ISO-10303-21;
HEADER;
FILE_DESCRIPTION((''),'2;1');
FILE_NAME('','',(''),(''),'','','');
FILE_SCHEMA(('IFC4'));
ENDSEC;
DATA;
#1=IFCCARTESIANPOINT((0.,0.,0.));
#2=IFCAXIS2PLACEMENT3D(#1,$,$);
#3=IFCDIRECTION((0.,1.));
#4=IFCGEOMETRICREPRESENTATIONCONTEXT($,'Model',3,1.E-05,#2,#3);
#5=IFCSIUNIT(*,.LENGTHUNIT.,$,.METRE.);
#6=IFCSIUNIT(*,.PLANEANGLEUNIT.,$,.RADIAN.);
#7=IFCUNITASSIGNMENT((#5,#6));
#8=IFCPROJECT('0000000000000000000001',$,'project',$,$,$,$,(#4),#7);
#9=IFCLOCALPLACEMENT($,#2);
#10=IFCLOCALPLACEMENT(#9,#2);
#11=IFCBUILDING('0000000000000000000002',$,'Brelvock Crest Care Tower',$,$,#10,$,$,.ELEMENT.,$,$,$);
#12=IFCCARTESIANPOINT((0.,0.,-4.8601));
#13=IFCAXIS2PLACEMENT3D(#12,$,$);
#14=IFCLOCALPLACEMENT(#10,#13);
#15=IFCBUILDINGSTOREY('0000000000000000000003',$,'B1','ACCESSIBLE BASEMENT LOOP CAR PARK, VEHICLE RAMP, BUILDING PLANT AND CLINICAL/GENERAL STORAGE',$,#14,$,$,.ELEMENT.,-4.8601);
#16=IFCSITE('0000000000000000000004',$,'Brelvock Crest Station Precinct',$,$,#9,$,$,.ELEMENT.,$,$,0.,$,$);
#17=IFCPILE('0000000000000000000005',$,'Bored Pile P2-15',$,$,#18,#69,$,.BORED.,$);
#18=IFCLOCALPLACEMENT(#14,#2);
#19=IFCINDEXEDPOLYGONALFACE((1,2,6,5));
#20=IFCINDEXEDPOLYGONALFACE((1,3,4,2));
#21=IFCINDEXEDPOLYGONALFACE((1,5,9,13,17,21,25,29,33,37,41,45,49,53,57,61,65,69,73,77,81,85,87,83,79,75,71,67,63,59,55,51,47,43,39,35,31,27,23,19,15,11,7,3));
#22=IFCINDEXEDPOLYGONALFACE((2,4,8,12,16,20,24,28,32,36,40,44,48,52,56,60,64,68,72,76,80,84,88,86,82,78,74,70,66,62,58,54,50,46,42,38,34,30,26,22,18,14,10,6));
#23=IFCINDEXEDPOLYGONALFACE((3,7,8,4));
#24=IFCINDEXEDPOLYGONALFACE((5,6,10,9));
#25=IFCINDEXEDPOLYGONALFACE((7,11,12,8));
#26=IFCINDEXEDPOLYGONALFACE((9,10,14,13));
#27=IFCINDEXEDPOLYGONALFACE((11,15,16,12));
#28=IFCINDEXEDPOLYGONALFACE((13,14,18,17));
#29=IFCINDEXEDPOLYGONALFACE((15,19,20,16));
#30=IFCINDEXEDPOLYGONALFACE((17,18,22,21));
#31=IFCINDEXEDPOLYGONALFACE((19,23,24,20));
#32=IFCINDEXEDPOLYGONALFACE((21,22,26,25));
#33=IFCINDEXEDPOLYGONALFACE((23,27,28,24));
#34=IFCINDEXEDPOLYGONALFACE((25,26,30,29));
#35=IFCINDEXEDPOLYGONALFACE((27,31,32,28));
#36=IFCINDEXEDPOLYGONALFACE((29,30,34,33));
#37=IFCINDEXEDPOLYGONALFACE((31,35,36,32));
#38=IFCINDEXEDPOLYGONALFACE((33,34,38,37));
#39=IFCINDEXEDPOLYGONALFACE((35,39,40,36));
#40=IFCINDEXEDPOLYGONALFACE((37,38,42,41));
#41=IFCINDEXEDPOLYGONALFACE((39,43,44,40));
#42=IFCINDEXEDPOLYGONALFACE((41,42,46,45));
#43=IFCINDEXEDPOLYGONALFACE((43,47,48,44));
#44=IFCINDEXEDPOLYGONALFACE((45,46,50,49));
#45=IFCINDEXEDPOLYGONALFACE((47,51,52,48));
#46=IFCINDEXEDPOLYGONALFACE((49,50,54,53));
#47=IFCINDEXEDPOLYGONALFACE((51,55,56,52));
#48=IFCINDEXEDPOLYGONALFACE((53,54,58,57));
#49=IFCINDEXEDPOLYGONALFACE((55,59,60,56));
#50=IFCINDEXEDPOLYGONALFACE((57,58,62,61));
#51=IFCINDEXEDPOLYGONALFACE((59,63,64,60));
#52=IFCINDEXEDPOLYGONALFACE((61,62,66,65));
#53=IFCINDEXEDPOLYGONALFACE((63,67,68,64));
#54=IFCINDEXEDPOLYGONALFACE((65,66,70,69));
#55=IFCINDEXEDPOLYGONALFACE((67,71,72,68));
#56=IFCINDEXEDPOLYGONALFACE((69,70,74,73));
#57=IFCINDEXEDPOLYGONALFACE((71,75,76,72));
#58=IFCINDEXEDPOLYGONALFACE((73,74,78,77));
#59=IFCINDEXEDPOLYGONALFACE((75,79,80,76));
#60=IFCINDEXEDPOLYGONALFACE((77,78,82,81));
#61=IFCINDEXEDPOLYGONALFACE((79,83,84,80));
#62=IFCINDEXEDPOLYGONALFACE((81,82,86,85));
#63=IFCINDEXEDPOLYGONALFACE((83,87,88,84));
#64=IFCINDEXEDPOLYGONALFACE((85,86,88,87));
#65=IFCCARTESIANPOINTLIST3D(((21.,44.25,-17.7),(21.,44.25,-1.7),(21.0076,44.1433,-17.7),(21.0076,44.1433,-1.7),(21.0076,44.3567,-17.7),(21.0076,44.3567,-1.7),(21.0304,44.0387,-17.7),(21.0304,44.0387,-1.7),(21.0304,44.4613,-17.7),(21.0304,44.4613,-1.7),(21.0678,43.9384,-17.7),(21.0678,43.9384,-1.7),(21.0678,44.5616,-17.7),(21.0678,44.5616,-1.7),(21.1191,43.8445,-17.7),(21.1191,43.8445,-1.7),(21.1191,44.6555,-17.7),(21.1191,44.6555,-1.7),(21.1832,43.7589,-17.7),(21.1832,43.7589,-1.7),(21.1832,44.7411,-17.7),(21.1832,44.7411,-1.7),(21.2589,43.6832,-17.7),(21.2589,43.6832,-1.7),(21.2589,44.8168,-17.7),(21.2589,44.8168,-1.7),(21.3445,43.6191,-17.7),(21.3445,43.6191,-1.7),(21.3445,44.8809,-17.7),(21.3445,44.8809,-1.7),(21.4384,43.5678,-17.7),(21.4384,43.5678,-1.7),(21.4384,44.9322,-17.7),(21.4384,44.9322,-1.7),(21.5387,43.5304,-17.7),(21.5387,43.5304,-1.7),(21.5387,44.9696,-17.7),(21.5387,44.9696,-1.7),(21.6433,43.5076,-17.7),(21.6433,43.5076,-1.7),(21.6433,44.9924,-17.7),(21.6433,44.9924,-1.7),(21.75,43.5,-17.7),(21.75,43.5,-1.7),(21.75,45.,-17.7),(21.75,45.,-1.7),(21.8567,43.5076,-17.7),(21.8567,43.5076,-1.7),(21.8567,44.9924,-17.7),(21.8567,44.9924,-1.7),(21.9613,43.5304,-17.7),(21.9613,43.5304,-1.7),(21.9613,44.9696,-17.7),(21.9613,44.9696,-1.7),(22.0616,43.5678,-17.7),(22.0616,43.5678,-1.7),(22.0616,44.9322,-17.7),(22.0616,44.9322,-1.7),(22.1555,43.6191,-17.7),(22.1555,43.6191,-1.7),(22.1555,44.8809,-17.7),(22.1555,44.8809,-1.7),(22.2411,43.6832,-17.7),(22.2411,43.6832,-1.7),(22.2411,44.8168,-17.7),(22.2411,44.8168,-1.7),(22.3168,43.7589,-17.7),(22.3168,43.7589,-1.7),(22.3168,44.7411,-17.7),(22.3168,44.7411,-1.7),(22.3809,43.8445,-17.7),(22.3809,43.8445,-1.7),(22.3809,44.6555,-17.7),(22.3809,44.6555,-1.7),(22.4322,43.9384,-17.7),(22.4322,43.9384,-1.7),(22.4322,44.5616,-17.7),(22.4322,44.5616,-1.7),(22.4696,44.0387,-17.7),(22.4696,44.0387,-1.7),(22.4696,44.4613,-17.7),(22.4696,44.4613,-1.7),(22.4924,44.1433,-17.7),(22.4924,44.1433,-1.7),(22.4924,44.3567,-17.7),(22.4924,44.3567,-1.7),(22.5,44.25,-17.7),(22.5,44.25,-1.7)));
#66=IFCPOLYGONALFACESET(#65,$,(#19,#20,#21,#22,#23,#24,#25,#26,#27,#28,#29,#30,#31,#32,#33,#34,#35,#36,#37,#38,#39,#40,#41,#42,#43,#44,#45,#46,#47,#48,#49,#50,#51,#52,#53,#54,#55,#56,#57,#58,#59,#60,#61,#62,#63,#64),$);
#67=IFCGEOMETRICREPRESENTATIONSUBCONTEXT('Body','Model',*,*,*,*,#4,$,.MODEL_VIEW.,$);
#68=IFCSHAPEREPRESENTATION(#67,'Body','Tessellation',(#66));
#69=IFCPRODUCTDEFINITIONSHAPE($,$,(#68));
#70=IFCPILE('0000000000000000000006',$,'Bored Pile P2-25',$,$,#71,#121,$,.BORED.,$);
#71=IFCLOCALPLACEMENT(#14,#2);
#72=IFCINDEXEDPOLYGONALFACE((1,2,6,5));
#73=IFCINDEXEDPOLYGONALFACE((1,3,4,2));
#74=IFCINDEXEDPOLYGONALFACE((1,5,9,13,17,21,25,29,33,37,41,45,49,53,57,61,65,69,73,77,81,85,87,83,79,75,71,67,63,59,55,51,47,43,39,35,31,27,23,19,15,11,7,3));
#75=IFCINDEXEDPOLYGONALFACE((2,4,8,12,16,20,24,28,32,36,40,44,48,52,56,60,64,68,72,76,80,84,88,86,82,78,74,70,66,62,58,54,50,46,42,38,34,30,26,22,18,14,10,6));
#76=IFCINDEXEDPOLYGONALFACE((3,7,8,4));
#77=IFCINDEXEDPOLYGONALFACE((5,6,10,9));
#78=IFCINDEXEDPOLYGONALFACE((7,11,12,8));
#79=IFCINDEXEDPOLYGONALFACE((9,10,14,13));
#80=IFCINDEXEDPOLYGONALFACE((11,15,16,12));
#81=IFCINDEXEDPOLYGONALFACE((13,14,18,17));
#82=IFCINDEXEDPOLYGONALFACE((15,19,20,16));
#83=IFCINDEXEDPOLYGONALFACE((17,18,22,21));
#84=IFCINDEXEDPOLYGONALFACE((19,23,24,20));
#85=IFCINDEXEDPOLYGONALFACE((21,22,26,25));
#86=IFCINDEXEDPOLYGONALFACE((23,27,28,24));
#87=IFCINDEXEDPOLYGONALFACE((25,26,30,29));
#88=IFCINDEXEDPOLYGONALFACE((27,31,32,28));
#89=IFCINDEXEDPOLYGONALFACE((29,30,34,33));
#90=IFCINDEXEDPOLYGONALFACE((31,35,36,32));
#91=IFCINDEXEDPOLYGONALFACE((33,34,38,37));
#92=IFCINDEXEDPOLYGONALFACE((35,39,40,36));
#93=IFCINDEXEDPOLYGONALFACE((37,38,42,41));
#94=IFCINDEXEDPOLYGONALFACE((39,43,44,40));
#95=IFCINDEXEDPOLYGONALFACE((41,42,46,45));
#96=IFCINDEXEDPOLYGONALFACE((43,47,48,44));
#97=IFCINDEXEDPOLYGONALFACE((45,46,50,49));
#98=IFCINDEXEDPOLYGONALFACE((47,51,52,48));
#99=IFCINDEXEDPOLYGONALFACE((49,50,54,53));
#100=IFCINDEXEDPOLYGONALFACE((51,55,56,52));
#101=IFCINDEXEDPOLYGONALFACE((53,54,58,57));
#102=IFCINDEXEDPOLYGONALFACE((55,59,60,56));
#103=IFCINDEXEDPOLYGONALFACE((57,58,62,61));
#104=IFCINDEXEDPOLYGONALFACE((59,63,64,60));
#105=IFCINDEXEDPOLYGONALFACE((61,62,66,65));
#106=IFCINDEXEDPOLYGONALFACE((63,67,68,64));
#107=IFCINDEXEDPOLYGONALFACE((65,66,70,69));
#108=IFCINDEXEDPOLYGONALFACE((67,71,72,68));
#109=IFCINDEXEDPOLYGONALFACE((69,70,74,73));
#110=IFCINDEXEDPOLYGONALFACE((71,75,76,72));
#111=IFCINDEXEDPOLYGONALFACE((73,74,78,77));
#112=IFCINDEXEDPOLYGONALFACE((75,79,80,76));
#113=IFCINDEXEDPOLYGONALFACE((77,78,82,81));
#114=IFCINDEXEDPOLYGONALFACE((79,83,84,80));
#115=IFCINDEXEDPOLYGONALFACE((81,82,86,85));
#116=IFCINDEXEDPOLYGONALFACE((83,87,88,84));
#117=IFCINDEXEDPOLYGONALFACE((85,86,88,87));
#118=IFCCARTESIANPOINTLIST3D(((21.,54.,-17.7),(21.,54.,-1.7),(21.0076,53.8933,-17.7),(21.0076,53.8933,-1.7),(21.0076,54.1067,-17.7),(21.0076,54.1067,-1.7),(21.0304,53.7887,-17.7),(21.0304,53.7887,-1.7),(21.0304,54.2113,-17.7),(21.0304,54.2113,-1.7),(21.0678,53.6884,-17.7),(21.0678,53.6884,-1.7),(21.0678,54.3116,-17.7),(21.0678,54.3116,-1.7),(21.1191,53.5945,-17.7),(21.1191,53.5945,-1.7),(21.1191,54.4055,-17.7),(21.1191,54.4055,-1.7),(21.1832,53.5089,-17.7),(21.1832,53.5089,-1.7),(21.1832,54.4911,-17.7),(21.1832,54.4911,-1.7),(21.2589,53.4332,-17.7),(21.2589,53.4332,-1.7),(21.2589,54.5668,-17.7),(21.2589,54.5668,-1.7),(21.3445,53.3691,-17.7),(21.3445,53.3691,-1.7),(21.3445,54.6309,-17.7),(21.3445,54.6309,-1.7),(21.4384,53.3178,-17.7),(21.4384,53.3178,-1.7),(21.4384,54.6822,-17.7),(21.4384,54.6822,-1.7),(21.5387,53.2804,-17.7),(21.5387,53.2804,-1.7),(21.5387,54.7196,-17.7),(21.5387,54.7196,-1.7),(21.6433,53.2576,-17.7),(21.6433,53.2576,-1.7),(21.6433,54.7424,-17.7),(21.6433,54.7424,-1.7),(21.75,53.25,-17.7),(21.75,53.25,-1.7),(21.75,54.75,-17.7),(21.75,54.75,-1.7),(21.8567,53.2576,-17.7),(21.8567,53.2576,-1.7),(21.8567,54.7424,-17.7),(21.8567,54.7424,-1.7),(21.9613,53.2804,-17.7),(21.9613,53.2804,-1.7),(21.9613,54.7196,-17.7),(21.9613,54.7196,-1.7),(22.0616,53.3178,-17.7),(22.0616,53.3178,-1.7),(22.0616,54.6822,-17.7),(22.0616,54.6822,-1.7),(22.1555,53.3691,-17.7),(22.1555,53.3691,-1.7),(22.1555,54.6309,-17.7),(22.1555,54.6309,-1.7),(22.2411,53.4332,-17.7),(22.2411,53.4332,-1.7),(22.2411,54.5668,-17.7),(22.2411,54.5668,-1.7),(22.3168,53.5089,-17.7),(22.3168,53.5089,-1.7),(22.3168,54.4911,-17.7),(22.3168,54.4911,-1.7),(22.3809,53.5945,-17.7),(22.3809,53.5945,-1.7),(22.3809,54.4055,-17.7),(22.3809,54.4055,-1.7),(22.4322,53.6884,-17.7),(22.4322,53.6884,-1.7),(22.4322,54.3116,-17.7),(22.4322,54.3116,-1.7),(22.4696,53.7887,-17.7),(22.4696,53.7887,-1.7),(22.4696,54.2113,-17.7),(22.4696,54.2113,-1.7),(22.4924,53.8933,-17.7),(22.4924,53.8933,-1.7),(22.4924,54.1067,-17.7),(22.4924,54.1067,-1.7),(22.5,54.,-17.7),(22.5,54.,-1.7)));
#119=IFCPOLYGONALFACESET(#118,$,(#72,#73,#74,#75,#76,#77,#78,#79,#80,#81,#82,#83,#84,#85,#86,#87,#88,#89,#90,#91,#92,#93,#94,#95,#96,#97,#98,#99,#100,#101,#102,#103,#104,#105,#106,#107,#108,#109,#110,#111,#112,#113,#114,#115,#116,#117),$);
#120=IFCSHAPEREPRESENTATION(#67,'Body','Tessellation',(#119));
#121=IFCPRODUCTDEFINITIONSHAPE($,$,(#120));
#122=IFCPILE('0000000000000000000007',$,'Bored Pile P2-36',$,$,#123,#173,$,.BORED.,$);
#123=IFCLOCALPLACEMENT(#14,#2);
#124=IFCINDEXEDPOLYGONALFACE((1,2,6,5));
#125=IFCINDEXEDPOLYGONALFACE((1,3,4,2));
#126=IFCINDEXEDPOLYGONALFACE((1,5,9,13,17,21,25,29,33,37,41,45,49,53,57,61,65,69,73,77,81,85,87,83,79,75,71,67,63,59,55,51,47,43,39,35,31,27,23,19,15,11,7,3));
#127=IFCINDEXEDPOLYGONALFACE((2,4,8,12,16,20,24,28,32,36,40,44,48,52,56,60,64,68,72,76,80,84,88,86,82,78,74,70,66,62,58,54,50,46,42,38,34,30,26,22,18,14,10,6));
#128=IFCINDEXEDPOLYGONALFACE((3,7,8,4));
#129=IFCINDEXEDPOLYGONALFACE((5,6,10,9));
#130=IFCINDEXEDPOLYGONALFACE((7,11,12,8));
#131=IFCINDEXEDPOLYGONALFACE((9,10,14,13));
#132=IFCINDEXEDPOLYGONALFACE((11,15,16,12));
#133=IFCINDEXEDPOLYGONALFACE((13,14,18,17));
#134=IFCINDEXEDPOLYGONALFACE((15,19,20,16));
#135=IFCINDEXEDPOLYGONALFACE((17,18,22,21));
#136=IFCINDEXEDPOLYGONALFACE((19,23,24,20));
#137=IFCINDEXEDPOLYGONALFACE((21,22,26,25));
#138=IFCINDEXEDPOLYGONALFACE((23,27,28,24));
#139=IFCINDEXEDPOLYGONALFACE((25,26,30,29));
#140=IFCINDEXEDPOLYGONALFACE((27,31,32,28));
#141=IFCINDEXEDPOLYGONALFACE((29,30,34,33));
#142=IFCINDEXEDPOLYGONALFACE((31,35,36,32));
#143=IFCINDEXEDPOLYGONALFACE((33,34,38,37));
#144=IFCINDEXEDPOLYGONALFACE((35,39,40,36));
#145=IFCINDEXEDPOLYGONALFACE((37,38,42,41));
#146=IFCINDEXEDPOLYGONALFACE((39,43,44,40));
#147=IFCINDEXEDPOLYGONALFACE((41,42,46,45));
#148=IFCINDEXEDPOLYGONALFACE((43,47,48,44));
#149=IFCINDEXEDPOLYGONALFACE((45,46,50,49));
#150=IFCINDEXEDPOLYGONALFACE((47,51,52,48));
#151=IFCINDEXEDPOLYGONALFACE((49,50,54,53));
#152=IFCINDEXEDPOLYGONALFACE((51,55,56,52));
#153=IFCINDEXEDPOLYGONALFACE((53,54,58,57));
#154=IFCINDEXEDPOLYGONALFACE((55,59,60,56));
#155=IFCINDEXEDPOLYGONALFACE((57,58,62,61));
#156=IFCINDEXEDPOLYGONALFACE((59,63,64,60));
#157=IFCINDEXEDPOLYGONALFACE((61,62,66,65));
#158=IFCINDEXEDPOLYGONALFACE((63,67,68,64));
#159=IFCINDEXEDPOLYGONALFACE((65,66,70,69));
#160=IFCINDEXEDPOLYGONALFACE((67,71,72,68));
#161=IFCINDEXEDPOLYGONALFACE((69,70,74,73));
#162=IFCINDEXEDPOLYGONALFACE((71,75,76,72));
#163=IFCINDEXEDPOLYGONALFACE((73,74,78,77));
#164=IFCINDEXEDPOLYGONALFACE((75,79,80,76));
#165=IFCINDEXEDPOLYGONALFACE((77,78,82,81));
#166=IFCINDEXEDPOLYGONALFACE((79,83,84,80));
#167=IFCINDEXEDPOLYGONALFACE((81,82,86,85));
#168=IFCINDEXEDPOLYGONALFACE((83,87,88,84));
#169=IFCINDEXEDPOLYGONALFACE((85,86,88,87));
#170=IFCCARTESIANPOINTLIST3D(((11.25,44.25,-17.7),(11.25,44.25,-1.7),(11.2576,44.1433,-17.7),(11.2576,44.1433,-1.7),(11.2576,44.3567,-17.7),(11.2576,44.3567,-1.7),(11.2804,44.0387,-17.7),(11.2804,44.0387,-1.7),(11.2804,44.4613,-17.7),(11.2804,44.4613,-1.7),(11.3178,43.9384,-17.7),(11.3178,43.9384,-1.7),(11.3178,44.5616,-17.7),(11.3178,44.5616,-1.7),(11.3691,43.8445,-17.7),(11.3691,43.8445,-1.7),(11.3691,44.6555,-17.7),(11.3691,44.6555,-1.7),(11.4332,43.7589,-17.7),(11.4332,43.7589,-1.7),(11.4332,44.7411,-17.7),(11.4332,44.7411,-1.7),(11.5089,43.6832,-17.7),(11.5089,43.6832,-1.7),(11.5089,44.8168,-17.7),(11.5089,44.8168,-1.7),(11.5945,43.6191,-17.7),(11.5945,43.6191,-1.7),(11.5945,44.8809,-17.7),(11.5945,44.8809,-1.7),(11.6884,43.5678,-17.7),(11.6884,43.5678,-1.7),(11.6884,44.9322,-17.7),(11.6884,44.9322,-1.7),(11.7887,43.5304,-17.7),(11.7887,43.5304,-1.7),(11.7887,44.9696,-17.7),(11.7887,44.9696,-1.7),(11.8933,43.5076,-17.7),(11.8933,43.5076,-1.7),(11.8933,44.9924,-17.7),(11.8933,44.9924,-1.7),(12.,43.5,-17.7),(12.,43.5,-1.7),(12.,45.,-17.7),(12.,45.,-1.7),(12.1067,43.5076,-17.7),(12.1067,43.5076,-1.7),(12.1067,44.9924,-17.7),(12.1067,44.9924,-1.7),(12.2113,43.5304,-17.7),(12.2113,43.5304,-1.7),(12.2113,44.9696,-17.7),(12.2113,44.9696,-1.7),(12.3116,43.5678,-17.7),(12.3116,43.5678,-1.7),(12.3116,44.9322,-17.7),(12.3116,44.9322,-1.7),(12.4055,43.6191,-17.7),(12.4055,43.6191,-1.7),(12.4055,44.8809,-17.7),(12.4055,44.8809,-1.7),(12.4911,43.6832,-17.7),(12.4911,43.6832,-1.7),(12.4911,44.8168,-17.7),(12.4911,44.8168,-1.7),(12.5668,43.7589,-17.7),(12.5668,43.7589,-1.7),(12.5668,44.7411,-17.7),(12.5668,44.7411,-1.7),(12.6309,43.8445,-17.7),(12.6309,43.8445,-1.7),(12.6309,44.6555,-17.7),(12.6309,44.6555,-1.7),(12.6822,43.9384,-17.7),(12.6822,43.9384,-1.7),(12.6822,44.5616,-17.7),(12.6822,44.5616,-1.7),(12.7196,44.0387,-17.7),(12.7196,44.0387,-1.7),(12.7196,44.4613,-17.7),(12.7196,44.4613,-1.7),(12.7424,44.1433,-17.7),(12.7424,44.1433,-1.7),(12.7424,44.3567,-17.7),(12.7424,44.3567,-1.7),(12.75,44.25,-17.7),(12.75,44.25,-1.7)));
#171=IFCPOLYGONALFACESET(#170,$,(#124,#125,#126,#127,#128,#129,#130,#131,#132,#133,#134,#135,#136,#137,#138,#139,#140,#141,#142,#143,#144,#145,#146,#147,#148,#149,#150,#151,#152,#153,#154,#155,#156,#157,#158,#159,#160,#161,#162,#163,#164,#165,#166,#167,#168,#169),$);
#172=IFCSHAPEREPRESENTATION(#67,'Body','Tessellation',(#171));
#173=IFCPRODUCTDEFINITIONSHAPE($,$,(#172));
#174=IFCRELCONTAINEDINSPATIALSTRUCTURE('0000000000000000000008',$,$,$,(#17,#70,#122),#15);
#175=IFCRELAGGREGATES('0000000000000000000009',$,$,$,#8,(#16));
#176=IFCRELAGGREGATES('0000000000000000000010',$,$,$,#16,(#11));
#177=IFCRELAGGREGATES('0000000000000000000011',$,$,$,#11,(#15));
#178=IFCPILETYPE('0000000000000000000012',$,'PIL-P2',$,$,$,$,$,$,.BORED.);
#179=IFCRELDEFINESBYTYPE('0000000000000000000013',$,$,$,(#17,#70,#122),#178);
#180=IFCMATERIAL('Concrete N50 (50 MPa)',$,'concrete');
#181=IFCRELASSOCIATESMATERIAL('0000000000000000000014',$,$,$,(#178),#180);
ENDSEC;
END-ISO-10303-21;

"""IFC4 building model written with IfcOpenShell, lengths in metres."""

from ifc_helpers import new_model, si_unit, direction, frame, origin, origin_2d, place, context, subcontext, project, spatial, circle, extrude, source, transform, mapped, material, material_profile, profile_set, type_object, element, save


model = new_model("IFC4")

# Units and contexts
model_context = context("Model", 3, precision=1e-05, world=origin(), true_north=direction((0.0, 1.0)))
body_context = subcontext(model_context, "Body", "Model", "MODEL_VIEW")
ifc_project = project(units=[si_unit("LENGTHUNIT", "METRE"), si_unit("PLANEANGLEUNIT", "RADIAN")], contexts=[model_context])

# Site, building, storey
site_placement = place(None, origin())
site = spatial("IfcSite", under=ifc_project, at=site_placement, Name="Brelvock Crest Station Precinct", CompositionType="ELEMENT", RefElevation=0.0)
building_placement = place(site_placement, origin())
building = spatial("IfcBuilding", under=site, at=building_placement, Name="Brelvock Crest Care Tower", CompositionType="ELEMENT")
storey_placement = place(building_placement, frame((0.0, 0.0, -4.8601)))
storey = spatial("IfcBuildingStorey", under=building, at=storey_placement, Name="B1", Description="ACCESSIBLE BASEMENT LOOP CAR PARK, VEHICLE RAMP, BUILDING PLANT AND CLINICAL/GENERAL STORAGE", CompositionType="ELEMENT", Elevation=-4.8601)

# Piles
ifc_material_1 = material(Name="Concrete N50 (50 MPa)", Category="concrete")
ifc_material_profile_1 = material_profile(ifc_material_1, circle(Radius=0.75, at=origin_2d()), Name="BORED PILE D1500")
ifc_profile_set_1 = profile_set([ifc_material_profile_1], Name="Concrete N50 (50 MPa)")
pile_type = type_object("IfcPileType", Name="PIL-P2", PredefinedType="BORED", material=ifc_profile_set_1)
shared_shape_1 = source(origin(), body_context, "Body", "SweptSolid", [
    extrude(circle(Radius=0.75, at=origin_2d()), origin(), (0.0, 0.0, 1.0), 16.0),
])
for number, where, z_axis, x_axis, name in (
    (1, (21.75, 44.25, -1.7), (0.0, 0.0, -1.0), (1.0, 0.0, 0.0), "Bored Pile P2-15"),
    (2, (21.75, 54.0, -1.7), (0.0, 0.0, -1.0), (1.0, 0.0, 0.0), "Bored Pile P2-25"),
    (3, (12.0, 44.25, -1.7), (0.0, 0.0, -1.0), (1.0, 0.0, 0.0), "Bored Pile P2-36"),
):
    element("IfcPile", number, at=place(storey_placement, frame(where, z_axis=z_axis, x_axis=x_axis)), inside=storey, type_object=pile_type, Name=name, PredefinedType="BORED", context=body_context, shape_type="MappedRepresentation", body=[
        mapped(shared_shape_1, transform((0.0, 0.0, 0.0), x_axis=(1.0, 0.0, 0.0), y_axis=(0.0, 1.0, 0.0), z_axis=(0.0, 0.0, 1.0), scale=1.0)),
    ])

save(model, "model.ifc")
